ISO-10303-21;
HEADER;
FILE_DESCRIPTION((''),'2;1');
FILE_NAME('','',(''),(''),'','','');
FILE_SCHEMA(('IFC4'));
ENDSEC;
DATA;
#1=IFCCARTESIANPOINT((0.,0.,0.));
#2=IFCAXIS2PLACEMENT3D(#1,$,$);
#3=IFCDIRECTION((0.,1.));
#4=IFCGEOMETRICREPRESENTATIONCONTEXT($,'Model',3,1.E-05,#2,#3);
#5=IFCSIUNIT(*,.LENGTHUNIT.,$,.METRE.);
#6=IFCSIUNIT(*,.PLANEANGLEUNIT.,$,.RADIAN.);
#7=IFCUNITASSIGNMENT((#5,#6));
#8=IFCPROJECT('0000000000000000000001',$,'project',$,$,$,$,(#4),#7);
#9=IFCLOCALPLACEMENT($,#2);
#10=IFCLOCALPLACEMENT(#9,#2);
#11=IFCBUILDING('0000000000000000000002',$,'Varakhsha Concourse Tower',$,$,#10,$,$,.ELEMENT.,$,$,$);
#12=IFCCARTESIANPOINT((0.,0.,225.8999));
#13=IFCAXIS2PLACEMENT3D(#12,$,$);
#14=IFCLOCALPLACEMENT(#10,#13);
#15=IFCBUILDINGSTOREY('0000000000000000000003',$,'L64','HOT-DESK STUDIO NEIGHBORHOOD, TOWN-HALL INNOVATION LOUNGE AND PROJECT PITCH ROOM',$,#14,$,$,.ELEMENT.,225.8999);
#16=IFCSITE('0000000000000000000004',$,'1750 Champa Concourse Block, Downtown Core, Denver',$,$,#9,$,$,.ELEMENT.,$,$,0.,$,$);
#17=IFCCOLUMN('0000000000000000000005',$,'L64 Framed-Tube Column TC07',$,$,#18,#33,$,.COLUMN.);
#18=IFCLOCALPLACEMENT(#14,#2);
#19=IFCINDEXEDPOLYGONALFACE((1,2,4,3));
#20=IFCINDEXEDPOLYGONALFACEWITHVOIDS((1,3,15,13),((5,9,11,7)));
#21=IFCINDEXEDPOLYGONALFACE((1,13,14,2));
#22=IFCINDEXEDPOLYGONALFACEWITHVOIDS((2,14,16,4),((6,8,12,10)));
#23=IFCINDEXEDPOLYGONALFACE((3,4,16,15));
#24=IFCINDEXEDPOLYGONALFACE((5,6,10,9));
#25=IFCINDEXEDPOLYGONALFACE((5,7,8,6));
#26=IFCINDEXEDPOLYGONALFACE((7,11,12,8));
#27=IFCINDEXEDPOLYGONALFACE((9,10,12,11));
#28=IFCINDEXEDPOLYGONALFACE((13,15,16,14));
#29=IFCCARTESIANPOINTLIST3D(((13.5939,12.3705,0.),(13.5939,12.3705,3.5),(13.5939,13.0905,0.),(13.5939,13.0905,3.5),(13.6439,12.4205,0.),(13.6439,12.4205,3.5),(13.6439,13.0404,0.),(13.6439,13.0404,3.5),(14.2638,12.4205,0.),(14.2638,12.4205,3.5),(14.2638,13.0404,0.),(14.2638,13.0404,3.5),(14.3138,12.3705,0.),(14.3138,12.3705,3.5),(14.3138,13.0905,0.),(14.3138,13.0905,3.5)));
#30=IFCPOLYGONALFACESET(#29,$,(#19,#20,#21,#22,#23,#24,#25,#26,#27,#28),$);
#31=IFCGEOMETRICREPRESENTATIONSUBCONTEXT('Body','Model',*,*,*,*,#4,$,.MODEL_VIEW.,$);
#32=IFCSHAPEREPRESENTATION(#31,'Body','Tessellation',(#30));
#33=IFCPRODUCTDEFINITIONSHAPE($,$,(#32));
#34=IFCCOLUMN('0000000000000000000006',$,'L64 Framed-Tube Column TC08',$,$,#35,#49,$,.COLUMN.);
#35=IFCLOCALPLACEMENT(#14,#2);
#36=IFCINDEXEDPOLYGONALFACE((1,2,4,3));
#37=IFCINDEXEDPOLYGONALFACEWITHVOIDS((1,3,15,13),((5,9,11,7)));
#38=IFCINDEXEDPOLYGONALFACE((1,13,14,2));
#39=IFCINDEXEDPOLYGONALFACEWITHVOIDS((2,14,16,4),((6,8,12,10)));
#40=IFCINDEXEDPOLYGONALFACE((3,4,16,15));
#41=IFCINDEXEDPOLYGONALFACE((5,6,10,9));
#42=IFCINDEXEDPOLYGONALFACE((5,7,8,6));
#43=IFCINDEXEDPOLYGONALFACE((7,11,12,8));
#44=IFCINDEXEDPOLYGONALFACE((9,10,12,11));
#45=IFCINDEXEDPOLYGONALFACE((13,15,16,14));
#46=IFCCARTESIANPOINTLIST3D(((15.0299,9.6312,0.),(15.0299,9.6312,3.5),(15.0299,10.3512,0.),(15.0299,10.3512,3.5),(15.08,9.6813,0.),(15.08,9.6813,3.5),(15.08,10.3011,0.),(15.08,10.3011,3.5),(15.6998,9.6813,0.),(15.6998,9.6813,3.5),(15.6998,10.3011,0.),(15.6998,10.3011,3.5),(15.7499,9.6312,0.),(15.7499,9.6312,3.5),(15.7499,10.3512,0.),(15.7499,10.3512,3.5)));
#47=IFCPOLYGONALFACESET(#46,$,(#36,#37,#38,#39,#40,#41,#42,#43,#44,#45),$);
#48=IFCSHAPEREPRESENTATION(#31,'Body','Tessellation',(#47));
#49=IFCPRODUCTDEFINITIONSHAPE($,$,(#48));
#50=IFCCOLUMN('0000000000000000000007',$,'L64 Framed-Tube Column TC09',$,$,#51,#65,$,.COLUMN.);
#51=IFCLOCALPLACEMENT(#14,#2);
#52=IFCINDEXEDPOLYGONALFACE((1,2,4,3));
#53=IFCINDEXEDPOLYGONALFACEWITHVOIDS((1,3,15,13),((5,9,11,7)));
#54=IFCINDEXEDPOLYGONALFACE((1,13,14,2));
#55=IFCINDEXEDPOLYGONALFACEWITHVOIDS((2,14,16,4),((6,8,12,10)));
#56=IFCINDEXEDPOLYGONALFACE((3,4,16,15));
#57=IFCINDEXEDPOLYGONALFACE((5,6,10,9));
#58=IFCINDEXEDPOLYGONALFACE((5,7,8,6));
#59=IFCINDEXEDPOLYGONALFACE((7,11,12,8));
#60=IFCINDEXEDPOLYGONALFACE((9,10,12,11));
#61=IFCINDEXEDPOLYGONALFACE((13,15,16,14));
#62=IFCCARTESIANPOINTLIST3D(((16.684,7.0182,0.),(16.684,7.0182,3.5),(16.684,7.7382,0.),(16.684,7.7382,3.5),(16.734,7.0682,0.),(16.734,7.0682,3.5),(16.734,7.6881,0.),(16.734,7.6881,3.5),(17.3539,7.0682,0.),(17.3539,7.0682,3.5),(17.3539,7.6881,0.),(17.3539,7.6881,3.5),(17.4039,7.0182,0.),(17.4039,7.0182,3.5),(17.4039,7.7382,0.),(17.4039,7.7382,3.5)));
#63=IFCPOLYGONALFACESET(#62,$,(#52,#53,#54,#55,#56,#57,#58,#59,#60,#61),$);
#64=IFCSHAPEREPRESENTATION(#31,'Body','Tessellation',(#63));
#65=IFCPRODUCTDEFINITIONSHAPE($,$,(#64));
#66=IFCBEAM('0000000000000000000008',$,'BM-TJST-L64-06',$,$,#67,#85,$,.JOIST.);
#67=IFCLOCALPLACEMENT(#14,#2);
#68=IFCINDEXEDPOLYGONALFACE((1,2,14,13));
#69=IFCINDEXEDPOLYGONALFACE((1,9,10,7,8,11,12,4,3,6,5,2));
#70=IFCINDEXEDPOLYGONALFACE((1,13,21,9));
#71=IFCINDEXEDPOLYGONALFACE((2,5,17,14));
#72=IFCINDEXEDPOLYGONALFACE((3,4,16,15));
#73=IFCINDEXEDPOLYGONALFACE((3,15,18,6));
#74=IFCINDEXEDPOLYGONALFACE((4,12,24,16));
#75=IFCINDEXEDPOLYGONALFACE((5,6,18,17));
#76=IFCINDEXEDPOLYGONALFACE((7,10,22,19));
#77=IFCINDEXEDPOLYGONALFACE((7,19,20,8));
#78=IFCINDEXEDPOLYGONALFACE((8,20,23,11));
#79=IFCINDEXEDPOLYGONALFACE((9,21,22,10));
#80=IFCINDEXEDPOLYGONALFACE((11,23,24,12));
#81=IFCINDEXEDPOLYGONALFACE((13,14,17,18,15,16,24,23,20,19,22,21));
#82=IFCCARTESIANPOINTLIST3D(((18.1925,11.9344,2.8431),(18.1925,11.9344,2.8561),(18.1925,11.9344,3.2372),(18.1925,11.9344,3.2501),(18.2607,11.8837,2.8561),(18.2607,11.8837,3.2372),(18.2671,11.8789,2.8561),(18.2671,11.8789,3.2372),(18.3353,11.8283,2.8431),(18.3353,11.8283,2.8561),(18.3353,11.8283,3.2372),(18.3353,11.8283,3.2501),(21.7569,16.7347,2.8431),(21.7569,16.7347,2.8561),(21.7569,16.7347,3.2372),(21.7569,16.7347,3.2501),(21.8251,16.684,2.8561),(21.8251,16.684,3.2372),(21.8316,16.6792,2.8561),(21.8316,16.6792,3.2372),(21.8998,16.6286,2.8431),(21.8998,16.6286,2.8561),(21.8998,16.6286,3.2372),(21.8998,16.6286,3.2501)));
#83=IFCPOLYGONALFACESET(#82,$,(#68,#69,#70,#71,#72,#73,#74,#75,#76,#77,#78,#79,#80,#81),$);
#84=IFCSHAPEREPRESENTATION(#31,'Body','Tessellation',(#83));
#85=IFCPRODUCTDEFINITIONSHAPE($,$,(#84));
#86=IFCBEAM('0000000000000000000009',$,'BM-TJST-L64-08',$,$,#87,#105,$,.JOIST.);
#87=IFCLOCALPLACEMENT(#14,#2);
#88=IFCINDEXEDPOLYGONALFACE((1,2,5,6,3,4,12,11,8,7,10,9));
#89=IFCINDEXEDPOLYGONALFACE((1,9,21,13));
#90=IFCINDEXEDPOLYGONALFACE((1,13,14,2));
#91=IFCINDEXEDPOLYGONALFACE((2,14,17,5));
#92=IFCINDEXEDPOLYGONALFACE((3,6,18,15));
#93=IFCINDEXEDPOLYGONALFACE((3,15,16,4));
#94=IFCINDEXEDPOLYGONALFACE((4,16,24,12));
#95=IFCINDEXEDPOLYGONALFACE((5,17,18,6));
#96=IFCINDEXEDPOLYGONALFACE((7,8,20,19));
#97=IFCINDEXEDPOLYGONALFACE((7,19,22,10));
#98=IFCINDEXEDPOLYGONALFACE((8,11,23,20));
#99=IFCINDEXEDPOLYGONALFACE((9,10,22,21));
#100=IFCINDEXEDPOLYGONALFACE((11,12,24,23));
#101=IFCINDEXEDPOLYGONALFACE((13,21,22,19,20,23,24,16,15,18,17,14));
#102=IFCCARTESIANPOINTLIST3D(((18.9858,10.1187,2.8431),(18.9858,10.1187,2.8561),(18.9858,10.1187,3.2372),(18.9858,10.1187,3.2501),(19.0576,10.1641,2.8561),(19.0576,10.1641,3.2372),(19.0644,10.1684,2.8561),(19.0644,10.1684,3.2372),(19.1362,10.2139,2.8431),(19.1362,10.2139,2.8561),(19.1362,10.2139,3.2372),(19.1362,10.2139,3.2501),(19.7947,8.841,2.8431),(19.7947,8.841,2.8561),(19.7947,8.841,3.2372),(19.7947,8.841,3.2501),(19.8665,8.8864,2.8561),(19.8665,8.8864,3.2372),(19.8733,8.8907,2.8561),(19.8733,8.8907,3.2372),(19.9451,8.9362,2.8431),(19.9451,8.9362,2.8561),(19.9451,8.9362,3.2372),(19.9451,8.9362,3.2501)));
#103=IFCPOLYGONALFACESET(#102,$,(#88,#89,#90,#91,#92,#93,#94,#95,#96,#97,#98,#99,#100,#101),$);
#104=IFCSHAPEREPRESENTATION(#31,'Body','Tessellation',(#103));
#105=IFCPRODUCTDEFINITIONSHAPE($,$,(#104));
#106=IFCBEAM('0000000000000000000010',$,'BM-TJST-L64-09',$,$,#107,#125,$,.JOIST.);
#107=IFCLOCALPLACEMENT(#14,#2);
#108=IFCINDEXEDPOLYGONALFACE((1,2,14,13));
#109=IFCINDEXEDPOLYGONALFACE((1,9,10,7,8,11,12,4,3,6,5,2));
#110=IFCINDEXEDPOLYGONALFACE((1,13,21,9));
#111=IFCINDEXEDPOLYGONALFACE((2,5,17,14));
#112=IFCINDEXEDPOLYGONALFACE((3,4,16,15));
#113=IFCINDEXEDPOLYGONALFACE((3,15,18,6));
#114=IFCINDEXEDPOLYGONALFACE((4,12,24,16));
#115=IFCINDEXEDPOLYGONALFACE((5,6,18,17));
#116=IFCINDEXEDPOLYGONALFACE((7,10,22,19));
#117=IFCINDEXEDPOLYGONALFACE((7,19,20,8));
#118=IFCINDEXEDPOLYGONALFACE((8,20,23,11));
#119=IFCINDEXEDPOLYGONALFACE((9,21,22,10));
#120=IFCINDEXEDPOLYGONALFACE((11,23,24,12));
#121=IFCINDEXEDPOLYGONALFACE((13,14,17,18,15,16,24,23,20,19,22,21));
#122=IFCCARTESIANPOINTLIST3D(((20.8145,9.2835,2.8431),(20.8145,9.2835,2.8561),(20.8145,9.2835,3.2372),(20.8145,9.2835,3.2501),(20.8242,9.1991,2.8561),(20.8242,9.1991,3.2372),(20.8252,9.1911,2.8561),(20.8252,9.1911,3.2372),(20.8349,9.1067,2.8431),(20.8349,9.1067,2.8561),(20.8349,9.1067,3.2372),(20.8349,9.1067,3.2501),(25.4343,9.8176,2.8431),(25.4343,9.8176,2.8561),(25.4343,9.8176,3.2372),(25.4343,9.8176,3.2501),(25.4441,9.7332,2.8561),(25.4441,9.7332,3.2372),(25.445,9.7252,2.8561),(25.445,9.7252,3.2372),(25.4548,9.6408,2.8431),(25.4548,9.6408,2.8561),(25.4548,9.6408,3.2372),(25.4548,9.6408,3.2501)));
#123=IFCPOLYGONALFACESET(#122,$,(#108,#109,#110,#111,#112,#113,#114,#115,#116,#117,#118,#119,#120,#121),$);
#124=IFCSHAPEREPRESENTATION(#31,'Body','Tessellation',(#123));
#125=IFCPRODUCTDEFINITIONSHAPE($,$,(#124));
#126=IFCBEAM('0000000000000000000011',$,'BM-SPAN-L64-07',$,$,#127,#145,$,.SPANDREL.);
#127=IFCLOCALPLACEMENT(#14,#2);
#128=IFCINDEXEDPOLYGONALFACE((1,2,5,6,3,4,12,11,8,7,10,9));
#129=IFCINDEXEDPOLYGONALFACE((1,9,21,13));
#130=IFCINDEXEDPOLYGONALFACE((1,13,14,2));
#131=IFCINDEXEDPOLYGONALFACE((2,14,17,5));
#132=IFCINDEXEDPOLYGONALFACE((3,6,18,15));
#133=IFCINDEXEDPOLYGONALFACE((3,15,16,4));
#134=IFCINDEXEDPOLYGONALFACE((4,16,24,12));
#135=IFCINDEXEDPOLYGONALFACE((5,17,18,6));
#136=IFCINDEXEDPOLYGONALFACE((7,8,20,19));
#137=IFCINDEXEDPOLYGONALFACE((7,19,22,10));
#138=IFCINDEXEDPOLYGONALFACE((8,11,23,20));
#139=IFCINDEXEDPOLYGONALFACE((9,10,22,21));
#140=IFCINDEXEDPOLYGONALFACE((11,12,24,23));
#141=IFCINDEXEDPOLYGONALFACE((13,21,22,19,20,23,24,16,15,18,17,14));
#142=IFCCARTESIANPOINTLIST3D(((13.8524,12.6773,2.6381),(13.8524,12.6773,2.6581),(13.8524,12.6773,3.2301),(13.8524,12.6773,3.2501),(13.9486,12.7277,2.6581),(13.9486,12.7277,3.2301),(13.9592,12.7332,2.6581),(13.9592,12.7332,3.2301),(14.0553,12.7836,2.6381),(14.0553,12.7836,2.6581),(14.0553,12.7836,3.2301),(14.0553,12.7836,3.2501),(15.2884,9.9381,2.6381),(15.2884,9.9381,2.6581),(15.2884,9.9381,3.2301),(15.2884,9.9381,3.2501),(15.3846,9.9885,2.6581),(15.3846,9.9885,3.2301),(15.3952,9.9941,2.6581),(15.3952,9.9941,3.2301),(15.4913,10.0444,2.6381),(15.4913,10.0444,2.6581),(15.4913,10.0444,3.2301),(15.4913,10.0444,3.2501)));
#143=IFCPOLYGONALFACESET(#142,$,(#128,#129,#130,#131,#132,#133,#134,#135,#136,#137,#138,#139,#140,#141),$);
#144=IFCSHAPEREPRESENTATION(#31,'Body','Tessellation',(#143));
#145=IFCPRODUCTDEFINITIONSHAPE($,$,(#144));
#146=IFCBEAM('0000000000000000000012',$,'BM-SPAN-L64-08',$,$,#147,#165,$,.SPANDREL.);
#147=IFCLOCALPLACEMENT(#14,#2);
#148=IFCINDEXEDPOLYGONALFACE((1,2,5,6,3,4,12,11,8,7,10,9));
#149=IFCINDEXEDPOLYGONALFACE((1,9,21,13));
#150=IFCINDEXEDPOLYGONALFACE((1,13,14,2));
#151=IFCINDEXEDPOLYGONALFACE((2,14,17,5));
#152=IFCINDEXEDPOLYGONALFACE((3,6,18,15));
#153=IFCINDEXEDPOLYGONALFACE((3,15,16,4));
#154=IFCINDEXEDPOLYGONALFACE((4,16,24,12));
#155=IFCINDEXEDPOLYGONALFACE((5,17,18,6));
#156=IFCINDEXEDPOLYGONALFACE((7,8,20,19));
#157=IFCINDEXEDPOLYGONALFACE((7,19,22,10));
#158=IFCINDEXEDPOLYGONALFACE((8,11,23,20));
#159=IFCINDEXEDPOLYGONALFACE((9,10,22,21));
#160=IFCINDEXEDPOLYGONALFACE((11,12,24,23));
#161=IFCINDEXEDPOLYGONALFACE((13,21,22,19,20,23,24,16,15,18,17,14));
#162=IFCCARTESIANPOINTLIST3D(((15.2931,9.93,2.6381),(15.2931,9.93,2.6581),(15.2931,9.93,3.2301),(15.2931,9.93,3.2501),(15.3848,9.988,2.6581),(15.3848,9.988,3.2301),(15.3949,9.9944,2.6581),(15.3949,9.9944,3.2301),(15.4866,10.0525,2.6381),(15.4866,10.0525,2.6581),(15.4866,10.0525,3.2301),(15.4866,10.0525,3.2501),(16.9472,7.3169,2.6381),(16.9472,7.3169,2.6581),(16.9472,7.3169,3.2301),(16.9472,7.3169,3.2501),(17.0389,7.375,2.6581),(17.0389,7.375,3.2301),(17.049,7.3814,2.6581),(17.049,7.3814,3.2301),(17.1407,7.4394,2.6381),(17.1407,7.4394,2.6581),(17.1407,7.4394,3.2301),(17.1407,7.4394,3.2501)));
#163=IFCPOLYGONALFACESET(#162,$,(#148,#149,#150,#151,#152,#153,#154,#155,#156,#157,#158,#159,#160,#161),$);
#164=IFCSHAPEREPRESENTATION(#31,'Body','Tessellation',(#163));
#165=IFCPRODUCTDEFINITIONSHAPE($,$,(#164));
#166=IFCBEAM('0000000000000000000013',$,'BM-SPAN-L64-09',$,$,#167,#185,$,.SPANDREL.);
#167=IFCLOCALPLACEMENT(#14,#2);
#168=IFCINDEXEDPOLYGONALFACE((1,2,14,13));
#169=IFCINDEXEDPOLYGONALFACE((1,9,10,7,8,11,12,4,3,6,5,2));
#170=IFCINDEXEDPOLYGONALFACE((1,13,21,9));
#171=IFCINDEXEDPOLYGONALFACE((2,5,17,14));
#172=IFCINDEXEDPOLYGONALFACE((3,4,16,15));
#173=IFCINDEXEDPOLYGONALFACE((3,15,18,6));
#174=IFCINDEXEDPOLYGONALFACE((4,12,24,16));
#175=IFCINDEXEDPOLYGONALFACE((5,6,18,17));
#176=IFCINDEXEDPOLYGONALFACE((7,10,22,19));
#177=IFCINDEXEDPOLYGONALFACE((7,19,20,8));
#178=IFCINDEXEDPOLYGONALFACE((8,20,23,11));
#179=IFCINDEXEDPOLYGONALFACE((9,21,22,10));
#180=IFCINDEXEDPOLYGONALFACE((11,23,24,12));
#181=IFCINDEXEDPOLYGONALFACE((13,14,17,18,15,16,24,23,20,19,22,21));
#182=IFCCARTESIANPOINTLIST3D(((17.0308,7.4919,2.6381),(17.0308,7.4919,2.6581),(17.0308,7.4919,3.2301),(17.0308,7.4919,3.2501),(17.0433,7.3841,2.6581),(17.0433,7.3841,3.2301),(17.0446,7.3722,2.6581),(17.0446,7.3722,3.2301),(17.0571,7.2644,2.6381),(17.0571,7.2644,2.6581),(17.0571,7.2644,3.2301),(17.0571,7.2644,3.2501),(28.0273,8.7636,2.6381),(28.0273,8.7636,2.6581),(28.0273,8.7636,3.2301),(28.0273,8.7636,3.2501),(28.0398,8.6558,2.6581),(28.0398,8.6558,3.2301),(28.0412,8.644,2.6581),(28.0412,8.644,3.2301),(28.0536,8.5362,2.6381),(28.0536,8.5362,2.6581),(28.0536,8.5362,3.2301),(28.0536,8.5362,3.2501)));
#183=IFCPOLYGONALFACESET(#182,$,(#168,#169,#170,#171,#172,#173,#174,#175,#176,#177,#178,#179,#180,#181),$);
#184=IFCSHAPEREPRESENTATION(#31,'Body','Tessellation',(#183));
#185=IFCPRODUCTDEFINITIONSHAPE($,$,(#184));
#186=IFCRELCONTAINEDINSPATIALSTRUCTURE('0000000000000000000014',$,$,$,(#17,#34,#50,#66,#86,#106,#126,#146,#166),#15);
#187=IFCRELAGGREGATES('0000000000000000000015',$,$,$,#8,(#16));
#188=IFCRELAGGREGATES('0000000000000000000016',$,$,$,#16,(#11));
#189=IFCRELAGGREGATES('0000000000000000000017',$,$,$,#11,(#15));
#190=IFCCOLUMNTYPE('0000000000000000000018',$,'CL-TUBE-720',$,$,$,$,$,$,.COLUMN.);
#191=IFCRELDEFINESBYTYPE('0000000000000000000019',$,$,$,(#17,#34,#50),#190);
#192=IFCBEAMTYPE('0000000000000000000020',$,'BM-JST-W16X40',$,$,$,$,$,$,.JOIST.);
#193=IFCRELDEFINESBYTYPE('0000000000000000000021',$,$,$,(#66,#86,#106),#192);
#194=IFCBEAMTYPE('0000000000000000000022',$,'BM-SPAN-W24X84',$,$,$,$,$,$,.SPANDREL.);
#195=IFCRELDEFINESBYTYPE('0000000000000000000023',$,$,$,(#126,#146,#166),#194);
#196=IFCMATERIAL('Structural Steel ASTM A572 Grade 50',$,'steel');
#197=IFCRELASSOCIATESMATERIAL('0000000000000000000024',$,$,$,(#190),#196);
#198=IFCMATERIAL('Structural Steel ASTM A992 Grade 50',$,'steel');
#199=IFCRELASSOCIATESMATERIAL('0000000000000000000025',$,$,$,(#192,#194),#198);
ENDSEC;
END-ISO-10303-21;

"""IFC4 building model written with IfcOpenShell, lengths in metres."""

from ifc_helpers import new_model, si_unit, direction, frame, origin, origin_2d, place, context, subcontext, project, spatial, hollow_rectangle, i_section, extrude, material, material_profile, profile_set, type_object, element, save


model = new_model("IFC4")

# Units and contexts
model_context = context("Model", 3, precision=1e-05, world=origin(), true_north=direction((0.0, 1.0)))
body_context = subcontext(model_context, "Body", "Model", "MODEL_VIEW")
ifc_project = project(units=[si_unit("LENGTHUNIT", "METRE"), si_unit("PLANEANGLEUNIT", "RADIAN")], contexts=[model_context])

# Site, building, storey
site_placement = place(None, origin())
site = spatial("IfcSite", under=ifc_project, at=site_placement, Name="1750 Champa Concourse Block, Downtown Core, Denver", CompositionType="ELEMENT", RefElevation=0.0)
building_placement = place(site_placement, origin())
building = spatial("IfcBuilding", under=site, at=building_placement, Name="Varakhsha Concourse Tower", CompositionType="ELEMENT")
storey_placement = place(building_placement, frame((0.0, 0.0, 225.8999)))
storey = spatial("IfcBuildingStorey", under=building, at=storey_placement, Name="L64", Description="HOT-DESK STUDIO NEIGHBORHOOD, TOWN-HALL INNOVATION LOUNGE AND PROJECT PITCH ROOM", CompositionType="ELEMENT", Elevation=225.8999)

# Columns
ifc_material_1 = material(Name="Structural Steel ASTM A572 Grade 50", Category="steel")
ifc_material_profile_1 = material_profile(ifc_material_1, hollow_rectangle(XDim=0.72, YDim=0.72, WallThickness=0.05, at=origin_2d()), Name="BOX 720x720x50")
ifc_profile_set_1 = profile_set([ifc_material_profile_1], Name="Structural Steel ASTM A572 Grade 50")
column_type = type_object("IfcColumnType", Name="CL-TUBE-720", PredefinedType="COLUMN", material=ifc_profile_set_1)
for number, where, z_axis, x_axis, name in (
    (1, (13.9539, 12.7305, 0.0), (0.0, 0.0, 1.0), (1.0, 0.0, 0.0), "L64 Framed-Tube Column TC07"),
    (2, (15.3899, 9.9912, 0.0), (0.0, 0.0, 1.0), (1.0, 0.0, 0.0), "L64 Framed-Tube Column TC08"),
    (3, (17.0439, 7.3782, 0.0), (0.0, 0.0, 1.0), (1.0, 0.0, 0.0), "L64 Framed-Tube Column TC09"),
):
    element("IfcColumn", number, at=place(storey_placement, frame(where, z_axis=z_axis, x_axis=x_axis)), inside=storey, type_object=column_type, Name=name, PredefinedType="COLUMN", context=body_context, shape_type="SweptSolid", body=[
        extrude(hollow_rectangle(XDim=0.72, YDim=0.72, WallThickness=0.05, at=origin_2d()), origin(), (0.0, 0.0, 1.0), 3.5),
    ])

# Beams
ifc_material_2 = material(Name="Structural Steel ASTM A992 Grade 50", Category="steel")
ifc_material_profile_2 = material_profile(ifc_material_2, i_section(OverallWidth=0.178, OverallDepth=0.407, WebThickness=0.0081, FlangeThickness=0.0129, at=origin_2d()), Name="W16X40")
ifc_profile_set_2 = profile_set([ifc_material_profile_2], Name="Structural Steel ASTM A992 Grade 50")
beam_type_1 = type_object("IfcBeamType", Name="BM-JST-W16X40", PredefinedType="JOIST", material=ifc_profile_set_2)
beam_1_placement = place(storey_placement, frame((21.8284, 16.6816, 3.0466), z_axis=(-0.596165, -0.802862, 0.0), x_axis=(0.802862, -0.596165, 0.0)))
element("IfcBeam", 4, at=beam_1_placement, inside=storey, type_object=beam_type_1, Name="BM-TJST-L64-06", PredefinedType="JOIST", context=body_context, shape_type="SweptSolid", body=[
    extrude(i_section(OverallWidth=0.178, OverallDepth=0.407, WebThickness=0.0081, FlangeThickness=0.0129, at=origin_2d()), origin(), (0.0, 0.0, 1.0), 5.979),
])
beam_2_placement = place(storey_placement, frame((19.061, 10.1663, 3.0466), z_axis=(0.53491, -0.844909, 0.0), x_axis=(0.844909, 0.53491, 0.0)))
element("IfcBeam", 5, at=beam_2_placement, inside=storey, type_object=beam_type_1, Name="BM-TJST-L64-08", PredefinedType="JOIST", context=body_context, shape_type="SweptSolid", body=[
    extrude(i_section(OverallWidth=0.178, OverallDepth=0.407, WebThickness=0.0081, FlangeThickness=0.0129, at=origin_2d()), origin(), (0.0, 0.0, 1.0), 1.5122),
])
beam_3_placement = place(storey_placement, frame((20.8247, 9.1951, 3.0466), z_axis=(0.993382, 0.114861, 0.0), x_axis=(-0.114861, 0.993382, 0.0)))
element("IfcBeam", 6, at=beam_3_placement, inside=storey, type_object=beam_type_1, Name="BM-TJST-L64-09", PredefinedType="JOIST", context=body_context, shape_type="SweptSolid", body=[
    extrude(i_section(OverallWidth=0.178, OverallDepth=0.407, WebThickness=0.0081, FlangeThickness=0.0129, at=origin_2d()), origin(), (0.0, 0.0, 1.0), 4.6506),
])
ifc_material_profile_3 = material_profile(ifc_material_2, i_section(OverallWidth=0.229, OverallDepth=0.6121, WebThickness=0.012, FlangeThickness=0.02, at=origin_2d()), Name="W24X84")
ifc_profile_set_3 = profile_set([ifc_material_profile_3], Name="Structural Steel ASTM A992 Grade 50")
beam_type_2 = type_object("IfcBeamType", Name="BM-SPAN-W24X84", PredefinedType="SPANDREL", material=ifc_profile_set_3)
beam_4_placement = place(storey_placement, frame((13.9539, 12.7305, 2.9441), z_axis=(0.464308, -0.885674, 0.0), x_axis=(0.885674, 0.464308, 0.0)))
element("IfcBeam", 7, at=beam_4_placement, inside=storey, type_object=beam_type_2, Name="BM-SPAN-L64-07", PredefinedType="SPANDREL", context=body_context, shape_type="SweptSolid", body=[
    extrude(i_section(OverallWidth=0.229, OverallDepth=0.6121, WebThickness=0.012, FlangeThickness=0.02, at=origin_2d()), origin(), (0.0, 0.0, 1.0), 3.0928),
])
beam_5_placement = place(storey_placement, frame((15.3899, 9.9912, 2.9441), z_axis=(0.534851, -0.844946, 0.0), x_axis=(0.844946, 0.534851, 0.0)))
element("IfcBeam", 8, at=beam_5_placement, inside=storey, type_object=beam_type_2, Name="BM-SPAN-L64-08", PredefinedType="SPANDREL", context=body_context, shape_type="SweptSolid", body=[
    extrude(i_section(OverallWidth=0.229, OverallDepth=0.6121, WebThickness=0.012, FlangeThickness=0.02, at=origin_2d()), origin(), (0.0, 0.0, 1.0), 3.0925),
])
beam_6_placement = place(storey_placement, frame((17.0439, 7.3782, 2.9441), z_axis=(0.993379, 0.114882, 0.0), x_axis=(-0.114882, 0.993379, 0.0)))
element("IfcBeam", 9, at=beam_6_placement, inside=storey, type_object=beam_type_2, Name="BM-SPAN-L64-09", PredefinedType="SPANDREL", context=body_context, shape_type="SweptSolid", body=[
    extrude(i_section(OverallWidth=0.229, OverallDepth=0.6121, WebThickness=0.012, FlangeThickness=0.02, at=origin_2d()), origin(), (0.0, 0.0, 1.0), 11.0698),
])

save(model, "model.ifc")
